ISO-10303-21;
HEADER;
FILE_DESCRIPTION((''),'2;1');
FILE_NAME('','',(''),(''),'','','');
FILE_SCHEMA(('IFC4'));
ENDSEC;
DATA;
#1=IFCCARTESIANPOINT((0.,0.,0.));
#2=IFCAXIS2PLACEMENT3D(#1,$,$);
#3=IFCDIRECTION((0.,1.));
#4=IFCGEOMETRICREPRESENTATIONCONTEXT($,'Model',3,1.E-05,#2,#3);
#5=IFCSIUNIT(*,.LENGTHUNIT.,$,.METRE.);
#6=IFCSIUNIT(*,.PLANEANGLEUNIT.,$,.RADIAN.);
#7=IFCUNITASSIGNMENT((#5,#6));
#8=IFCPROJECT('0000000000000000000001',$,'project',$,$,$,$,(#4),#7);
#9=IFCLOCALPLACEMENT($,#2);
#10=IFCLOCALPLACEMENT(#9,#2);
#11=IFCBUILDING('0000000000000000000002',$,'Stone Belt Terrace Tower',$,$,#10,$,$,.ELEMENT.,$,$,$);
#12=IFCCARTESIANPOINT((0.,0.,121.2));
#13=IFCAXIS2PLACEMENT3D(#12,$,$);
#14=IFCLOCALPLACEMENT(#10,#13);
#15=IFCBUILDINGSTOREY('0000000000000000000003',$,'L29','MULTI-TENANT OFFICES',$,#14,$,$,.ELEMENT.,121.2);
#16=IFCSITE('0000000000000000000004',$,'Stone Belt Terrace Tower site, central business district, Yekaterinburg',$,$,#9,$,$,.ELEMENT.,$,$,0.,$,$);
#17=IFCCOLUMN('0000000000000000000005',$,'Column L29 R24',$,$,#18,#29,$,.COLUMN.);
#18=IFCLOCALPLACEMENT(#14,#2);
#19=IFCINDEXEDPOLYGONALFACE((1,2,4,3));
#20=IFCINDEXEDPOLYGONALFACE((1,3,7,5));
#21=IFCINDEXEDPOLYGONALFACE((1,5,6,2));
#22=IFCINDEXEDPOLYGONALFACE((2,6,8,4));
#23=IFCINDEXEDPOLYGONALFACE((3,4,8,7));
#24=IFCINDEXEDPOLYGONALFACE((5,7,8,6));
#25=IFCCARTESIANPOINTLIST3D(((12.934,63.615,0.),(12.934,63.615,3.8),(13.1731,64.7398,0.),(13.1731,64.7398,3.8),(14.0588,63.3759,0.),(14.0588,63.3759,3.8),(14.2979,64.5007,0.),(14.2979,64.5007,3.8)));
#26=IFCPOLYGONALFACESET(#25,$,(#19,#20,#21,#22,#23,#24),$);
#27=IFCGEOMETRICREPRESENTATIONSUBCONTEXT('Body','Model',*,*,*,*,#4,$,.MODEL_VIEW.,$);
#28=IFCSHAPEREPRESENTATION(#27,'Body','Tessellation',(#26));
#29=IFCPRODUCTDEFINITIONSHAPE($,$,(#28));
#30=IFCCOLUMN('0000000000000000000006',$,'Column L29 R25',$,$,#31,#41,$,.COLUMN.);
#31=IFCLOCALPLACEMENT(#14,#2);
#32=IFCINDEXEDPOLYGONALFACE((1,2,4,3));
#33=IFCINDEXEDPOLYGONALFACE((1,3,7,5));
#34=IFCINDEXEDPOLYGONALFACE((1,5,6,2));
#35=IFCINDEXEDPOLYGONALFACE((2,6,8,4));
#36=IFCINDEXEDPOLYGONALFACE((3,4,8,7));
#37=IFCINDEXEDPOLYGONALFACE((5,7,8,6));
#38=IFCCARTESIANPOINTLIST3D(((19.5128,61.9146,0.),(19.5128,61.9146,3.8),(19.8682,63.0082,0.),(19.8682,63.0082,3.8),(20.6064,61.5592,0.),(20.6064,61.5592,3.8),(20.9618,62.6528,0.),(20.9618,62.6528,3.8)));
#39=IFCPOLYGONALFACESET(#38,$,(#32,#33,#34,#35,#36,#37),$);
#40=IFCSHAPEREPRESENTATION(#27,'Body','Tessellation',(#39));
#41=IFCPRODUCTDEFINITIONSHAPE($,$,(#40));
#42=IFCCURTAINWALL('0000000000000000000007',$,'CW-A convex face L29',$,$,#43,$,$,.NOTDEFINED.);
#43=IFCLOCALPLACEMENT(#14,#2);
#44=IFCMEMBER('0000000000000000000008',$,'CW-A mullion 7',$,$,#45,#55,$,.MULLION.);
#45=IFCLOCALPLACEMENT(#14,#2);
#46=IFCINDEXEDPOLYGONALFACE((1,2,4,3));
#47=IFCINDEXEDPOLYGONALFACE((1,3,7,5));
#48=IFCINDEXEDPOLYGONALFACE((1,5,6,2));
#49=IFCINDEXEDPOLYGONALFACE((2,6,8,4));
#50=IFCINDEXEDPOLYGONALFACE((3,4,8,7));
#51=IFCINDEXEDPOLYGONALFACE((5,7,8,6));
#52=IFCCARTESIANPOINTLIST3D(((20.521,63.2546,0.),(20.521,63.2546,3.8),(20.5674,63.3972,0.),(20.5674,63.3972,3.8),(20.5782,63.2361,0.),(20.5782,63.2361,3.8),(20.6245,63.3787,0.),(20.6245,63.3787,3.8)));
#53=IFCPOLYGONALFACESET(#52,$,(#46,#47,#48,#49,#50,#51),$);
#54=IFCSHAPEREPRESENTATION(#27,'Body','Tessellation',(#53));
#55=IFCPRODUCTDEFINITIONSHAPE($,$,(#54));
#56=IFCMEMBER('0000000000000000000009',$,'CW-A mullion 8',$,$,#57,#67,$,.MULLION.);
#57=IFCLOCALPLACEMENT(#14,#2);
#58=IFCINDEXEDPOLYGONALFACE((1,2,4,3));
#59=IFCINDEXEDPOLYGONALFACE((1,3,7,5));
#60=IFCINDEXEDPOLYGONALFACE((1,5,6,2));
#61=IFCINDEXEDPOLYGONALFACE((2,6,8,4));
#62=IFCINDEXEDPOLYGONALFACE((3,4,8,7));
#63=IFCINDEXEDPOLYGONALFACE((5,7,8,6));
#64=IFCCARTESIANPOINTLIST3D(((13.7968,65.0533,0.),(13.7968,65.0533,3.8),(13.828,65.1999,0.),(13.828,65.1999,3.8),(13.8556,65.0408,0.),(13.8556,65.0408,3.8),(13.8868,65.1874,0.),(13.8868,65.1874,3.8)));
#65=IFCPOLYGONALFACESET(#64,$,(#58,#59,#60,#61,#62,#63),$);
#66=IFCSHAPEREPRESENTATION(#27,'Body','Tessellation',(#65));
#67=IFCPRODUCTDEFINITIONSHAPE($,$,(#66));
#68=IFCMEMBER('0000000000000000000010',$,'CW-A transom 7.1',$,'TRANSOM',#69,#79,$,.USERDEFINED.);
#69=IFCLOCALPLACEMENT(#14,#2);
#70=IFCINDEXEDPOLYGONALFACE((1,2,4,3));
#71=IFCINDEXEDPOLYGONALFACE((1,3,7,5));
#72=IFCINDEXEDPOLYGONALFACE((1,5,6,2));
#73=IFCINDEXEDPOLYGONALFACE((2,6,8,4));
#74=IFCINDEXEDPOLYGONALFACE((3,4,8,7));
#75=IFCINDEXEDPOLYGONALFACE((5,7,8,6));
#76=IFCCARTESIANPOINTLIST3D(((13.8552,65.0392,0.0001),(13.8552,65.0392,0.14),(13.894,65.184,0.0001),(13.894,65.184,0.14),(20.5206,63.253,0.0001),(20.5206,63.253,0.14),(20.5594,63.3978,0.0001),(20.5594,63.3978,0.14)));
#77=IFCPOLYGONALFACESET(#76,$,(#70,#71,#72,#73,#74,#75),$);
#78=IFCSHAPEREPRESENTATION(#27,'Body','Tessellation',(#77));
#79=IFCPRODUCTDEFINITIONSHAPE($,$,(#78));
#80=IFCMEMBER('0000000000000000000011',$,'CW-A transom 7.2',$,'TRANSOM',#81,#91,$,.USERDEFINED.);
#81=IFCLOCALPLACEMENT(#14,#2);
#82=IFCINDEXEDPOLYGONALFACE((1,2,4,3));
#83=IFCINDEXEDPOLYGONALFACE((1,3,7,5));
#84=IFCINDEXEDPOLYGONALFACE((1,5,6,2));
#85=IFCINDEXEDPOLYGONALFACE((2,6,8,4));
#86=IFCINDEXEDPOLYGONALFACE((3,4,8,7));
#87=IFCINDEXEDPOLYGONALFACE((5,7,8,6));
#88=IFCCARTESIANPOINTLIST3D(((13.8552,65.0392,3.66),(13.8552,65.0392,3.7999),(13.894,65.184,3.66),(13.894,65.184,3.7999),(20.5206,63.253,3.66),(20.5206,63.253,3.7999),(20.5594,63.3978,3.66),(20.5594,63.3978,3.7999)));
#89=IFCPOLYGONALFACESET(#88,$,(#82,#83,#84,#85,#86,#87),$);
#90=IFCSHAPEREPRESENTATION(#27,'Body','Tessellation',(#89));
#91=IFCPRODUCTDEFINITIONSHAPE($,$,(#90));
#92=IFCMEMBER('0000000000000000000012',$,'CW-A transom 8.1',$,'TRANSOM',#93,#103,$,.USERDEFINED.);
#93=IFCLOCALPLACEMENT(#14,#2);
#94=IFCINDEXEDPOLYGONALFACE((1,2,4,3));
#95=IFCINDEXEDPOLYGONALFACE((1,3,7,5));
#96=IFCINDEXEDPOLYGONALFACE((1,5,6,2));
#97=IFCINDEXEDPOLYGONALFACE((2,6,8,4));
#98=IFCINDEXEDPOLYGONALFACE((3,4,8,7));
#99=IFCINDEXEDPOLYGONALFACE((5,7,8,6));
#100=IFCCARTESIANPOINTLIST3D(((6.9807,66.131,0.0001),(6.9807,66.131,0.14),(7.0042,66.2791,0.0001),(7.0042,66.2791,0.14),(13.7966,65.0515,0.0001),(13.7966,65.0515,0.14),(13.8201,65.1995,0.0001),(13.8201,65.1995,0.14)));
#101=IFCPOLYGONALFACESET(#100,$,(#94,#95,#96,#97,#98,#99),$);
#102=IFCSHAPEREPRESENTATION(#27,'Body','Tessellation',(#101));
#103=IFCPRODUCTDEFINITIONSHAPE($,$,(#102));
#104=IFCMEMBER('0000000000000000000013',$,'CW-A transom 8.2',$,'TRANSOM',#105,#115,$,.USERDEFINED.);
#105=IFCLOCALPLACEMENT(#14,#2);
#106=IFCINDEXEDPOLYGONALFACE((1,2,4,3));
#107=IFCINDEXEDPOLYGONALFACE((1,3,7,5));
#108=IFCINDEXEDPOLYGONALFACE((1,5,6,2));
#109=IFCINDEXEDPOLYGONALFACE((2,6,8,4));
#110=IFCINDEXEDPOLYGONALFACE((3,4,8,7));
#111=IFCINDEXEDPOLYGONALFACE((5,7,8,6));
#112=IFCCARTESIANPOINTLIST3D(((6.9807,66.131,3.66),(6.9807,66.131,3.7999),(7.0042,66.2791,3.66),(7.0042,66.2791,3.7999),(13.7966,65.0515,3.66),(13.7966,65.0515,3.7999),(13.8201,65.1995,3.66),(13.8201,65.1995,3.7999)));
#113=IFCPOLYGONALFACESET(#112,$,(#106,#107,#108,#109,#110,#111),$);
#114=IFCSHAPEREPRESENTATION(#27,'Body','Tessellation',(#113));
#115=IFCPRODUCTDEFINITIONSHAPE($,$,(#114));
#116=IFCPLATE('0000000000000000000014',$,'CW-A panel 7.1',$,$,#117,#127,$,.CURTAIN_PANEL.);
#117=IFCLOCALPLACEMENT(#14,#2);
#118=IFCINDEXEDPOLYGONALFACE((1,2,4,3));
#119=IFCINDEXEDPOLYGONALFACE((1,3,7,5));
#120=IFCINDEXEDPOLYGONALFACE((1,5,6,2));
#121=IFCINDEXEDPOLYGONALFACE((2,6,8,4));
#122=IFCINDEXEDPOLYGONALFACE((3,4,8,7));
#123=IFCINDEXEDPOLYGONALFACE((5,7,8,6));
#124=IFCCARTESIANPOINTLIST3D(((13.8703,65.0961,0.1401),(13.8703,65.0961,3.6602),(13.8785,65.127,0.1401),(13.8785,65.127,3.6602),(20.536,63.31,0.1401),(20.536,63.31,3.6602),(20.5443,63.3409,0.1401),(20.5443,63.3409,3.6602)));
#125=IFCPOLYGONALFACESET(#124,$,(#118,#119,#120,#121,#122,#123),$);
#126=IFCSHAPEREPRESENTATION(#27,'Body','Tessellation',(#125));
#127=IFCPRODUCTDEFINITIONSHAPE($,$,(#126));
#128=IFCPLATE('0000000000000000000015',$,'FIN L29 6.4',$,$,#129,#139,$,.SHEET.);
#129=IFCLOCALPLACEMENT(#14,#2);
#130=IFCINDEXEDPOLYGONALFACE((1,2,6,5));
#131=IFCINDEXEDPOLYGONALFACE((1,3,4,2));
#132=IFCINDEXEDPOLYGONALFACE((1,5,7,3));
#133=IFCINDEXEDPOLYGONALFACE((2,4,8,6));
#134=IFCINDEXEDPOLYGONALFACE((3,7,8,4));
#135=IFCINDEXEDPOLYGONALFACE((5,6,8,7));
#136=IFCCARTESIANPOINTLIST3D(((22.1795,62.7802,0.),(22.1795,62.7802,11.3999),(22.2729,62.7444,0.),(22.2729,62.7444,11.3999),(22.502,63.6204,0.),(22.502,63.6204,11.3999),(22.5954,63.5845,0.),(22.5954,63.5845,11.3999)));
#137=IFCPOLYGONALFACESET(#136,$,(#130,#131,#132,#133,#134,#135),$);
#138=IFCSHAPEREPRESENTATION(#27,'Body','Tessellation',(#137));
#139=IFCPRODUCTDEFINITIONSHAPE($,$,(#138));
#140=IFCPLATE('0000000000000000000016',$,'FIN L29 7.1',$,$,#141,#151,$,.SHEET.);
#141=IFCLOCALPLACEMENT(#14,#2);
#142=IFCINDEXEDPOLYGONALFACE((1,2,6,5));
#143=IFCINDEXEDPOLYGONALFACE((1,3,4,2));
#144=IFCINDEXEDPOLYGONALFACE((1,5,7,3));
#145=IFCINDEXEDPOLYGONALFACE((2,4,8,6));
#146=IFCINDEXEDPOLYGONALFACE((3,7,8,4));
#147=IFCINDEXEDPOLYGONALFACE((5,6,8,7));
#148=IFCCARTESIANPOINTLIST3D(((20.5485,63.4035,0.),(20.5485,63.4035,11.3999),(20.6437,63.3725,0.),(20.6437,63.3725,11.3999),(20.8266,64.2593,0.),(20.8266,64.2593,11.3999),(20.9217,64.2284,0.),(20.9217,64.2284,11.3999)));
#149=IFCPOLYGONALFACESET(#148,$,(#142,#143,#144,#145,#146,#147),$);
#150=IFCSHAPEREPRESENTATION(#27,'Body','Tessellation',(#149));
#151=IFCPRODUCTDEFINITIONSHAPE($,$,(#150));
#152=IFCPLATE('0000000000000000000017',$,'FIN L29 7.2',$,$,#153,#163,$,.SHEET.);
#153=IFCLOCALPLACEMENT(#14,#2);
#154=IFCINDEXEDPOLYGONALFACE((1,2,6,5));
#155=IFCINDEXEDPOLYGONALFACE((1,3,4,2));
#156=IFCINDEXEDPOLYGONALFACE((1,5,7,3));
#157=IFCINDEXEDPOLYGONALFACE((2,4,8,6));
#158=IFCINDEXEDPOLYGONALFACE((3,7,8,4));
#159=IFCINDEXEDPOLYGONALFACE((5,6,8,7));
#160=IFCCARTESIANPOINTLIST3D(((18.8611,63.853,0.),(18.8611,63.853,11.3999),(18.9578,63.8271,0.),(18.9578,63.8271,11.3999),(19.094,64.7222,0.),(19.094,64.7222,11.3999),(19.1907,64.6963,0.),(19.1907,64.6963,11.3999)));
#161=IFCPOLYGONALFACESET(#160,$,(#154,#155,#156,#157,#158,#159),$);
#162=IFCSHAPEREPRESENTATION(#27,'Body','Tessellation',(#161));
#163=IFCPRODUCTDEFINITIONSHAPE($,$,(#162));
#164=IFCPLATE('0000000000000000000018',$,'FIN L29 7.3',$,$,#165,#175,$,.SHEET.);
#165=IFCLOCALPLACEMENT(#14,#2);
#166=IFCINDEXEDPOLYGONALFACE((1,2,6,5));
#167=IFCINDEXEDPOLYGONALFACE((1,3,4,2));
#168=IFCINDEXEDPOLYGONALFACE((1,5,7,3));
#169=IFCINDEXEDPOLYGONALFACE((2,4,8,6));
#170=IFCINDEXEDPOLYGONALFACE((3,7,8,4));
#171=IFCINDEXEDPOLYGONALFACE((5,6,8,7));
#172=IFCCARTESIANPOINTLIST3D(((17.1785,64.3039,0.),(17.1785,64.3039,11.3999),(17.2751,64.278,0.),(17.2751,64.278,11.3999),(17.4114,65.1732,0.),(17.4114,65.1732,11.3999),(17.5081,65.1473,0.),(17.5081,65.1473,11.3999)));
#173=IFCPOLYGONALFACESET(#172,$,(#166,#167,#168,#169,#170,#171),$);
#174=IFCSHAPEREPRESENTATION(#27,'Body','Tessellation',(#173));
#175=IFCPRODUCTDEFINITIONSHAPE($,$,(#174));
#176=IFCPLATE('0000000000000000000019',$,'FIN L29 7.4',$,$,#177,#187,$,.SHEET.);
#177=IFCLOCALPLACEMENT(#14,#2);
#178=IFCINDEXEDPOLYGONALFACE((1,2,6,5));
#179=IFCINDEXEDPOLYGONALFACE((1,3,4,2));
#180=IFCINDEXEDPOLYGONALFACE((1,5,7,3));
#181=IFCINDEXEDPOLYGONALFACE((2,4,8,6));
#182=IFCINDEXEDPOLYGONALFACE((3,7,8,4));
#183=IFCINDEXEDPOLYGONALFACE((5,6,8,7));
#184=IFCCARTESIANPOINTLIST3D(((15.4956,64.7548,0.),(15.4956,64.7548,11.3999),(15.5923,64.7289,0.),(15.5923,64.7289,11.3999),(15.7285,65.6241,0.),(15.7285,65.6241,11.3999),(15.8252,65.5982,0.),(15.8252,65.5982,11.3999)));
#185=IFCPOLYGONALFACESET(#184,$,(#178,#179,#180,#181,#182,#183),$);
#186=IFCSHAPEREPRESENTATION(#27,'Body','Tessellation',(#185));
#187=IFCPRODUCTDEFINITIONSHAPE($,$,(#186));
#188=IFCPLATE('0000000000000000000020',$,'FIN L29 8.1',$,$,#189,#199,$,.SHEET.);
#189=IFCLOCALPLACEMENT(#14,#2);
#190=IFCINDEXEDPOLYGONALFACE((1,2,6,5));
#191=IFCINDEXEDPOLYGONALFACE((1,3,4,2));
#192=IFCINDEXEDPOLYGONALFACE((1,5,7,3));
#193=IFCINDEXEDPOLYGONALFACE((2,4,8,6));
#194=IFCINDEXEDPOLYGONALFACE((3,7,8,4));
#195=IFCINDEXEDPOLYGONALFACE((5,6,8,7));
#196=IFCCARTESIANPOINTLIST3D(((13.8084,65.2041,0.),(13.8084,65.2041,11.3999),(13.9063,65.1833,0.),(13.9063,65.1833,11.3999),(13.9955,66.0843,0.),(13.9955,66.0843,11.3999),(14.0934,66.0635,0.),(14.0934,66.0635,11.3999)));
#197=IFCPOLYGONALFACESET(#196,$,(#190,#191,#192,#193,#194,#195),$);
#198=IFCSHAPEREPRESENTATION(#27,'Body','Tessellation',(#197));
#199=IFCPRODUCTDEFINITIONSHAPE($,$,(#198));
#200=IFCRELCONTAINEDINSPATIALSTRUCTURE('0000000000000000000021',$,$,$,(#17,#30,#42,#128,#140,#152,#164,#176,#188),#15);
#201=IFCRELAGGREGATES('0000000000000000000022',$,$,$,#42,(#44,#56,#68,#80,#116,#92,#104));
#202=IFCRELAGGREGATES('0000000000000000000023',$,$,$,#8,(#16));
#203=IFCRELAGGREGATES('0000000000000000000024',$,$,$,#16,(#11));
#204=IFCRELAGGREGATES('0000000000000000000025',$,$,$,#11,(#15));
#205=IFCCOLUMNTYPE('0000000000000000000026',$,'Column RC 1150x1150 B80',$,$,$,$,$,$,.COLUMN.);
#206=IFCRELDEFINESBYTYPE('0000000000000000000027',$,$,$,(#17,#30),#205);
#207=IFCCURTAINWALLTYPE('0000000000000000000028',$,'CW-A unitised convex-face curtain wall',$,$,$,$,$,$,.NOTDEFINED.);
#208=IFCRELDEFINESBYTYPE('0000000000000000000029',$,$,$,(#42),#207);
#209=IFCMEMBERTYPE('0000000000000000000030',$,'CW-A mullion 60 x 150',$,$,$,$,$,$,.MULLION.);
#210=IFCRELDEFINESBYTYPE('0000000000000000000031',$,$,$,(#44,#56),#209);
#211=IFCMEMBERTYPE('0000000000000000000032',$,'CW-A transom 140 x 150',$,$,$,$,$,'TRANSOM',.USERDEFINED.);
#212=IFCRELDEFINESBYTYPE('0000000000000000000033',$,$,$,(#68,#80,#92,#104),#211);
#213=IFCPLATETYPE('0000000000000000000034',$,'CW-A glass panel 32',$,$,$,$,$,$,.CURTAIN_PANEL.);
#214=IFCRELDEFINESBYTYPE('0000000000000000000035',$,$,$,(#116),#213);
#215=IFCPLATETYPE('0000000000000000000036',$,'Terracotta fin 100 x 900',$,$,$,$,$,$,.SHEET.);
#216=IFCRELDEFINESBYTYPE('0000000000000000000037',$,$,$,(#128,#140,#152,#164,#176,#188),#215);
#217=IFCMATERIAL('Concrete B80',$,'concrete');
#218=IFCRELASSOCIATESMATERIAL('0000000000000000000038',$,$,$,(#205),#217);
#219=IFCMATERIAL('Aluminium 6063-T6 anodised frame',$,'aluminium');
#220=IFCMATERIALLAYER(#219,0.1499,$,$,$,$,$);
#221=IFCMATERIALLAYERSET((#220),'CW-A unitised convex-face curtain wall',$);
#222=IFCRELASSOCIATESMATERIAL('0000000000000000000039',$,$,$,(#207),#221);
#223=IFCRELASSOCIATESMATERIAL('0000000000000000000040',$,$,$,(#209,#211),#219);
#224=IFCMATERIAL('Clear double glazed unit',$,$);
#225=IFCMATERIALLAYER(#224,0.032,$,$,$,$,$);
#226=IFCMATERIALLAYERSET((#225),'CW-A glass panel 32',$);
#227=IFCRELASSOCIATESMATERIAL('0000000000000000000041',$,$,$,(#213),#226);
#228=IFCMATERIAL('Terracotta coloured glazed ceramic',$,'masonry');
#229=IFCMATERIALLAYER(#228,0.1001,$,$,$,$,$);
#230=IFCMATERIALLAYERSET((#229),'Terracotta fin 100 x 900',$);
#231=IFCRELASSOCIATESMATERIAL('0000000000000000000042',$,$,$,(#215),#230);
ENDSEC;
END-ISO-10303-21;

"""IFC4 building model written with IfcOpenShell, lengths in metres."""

from ifc_helpers import new_model, si_unit, direction, frame, origin, origin_2d, place, context, subcontext, project, spatial, rectangle, extrude, material, layer, layer_set, material_profile, profile_set, type_object, element, aggregate, save


model = new_model("IFC4")

# Units and contexts
model_context = context("Model", 3, precision=1e-05, world=origin(), true_north=direction((0.0, 1.0)))
body_context = subcontext(model_context, "Body", "Model", "MODEL_VIEW")
ifc_project = project(units=[si_unit("LENGTHUNIT", "METRE"), si_unit("PLANEANGLEUNIT", "RADIAN")], contexts=[model_context])

# Site, building, storey
site_placement = place(None, origin())
site = spatial("IfcSite", under=ifc_project, at=site_placement, Name="Stone Belt Terrace Tower site, central business district, Yekaterinburg", CompositionType="ELEMENT", RefElevation=0.0)
building_placement = place(site_placement, origin())
building = spatial("IfcBuilding", under=site, at=building_placement, Name="Stone Belt Terrace Tower", CompositionType="ELEMENT")
storey_placement = place(building_placement, frame((0.0, 0.0, 121.2)))
storey = spatial("IfcBuildingStorey", under=building, at=storey_placement, Name="L29", Description="MULTI-TENANT OFFICES", CompositionType="ELEMENT", Elevation=121.2)

# Columns
ifc_material_1 = material(Name="Concrete B80", Category="concrete")
ifc_material_profile_1 = material_profile(ifc_material_1, rectangle(XDim=1.1499, YDim=1.1499, at=origin_2d()), Name="RC 1150x1150")
ifc_profile_set_1 = profile_set([ifc_material_profile_1], Name="Concrete B80")
column_type = type_object("IfcColumnType", Name="Column RC 1150x1150 B80", PredefinedType="COLUMN", material=ifc_profile_set_1)
for number, where, z_axis, x_axis, name in (
    (1, (13.616, 64.0579, 0.0), (0.0, 0.0, 1.0), (0.978148, -0.207912, 0.0), "Column L29 R24"),
    (2, (20.2373, 62.2837, 0.0), (0.0, 0.0, 1.0), (0.951057, -0.309017, 0.0), "Column L29 R25"),
):
    element("IfcColumn", number, at=place(storey_placement, frame(where, z_axis=z_axis, x_axis=x_axis)), inside=storey, type_object=column_type, Name=name, PredefinedType="COLUMN", context=body_context, shape_type="SweptSolid", body=[
        extrude(rectangle(XDim=1.1499, YDim=1.1499, at=origin_2d()), origin(), (0.0, 0.0, 1.0), 3.8),
    ])

# Curtain wall, members, plate
ifc_material_2 = material(Name="Aluminium 6063-T6 anodised frame", Category="aluminium")
ifc_layer_1 = layer(ifc_material_2, 0.1499)
ifc_layer_set_1 = layer_set([ifc_layer_1], Name="CW-A unitised convex-face curtain wall")
curtain_wall_type = type_object("IfcCurtainWallType", Name="CW-A unitised convex-face curtain wall", PredefinedType="NOTDEFINED", material=ifc_layer_set_1)
curtain_wall_placement = place(storey_placement, origin())
curtain_wall = element("IfcCurtainWall", 3, at=curtain_wall_placement, inside=storey, type_object=curtain_wall_type, Name="CW-A convex face L29", PredefinedType="NOTDEFINED")
ifc_material_profile_2 = material_profile(ifc_material_2, rectangle(XDim=0.1499, YDim=0.0601, at=origin_2d()), Name="Aluminium 6063-T6 60x150")
ifc_profile_set_2 = profile_set([ifc_material_profile_2], Name="Aluminium 6063-T6 anodised frame")
member_type_1 = type_object("IfcMemberType", Name="CW-A mullion 60 x 150", PredefinedType="MULLION", material=ifc_profile_set_2)
member_1_placement = place(storey_placement, frame((20.5728, 63.3167, 0.0), z_axis=(0.0, 0.0, 1.0), x_axis=(-0.309017, -0.951057, 0.0)))
member_1 = element("IfcMember", 4, at=member_1_placement, type_object=member_type_1, Name="CW-A mullion 7", PredefinedType="MULLION", context=body_context, shape_type="SweptSolid", body=[
    extrude(rectangle(XDim=0.1499, YDim=0.0601, at=origin_2d()), origin(), (0.0, 0.0, 1.0), 3.8),
])
member_2_placement = place(storey_placement, frame((13.8418, 65.1204, 0.0), z_axis=(0.0, 0.0, 1.0), x_axis=(-0.207912, -0.978148, 0.0)))
member_2 = element("IfcMember", 5, at=member_2_placement, type_object=member_type_1, Name="CW-A mullion 8", PredefinedType="MULLION", context=body_context, shape_type="SweptSolid", body=[
    extrude(rectangle(XDim=0.1499, YDim=0.0601, at=origin_2d()), origin(), (0.0, 0.0, 1.0), 3.8),
])
ifc_material_profile_3 = material_profile(ifc_material_2, rectangle(XDim=0.1499, YDim=0.1399, at=origin_2d()), Name="Aluminium 6063-T6 150x140")
ifc_profile_set_3 = profile_set([ifc_material_profile_3], Name="Aluminium 6063-T6 anodised frame")
member_type_2 = type_object("IfcMemberType", Name="CW-A transom 140 x 150", ElementType="TRANSOM", PredefinedType="USERDEFINED", material=ifc_profile_set_3)
member_3_placement = place(storey_placement, frame((20.54, 63.3254, 0.0701), z_axis=(-0.965922, 0.258834, 0.0), x_axis=(-0.258834, -0.965922, 0.0)))
member_3 = element("IfcMember", 6, at=member_3_placement, type_object=member_type_2, Name="CW-A transom 7.1", ObjectType="TRANSOM", PredefinedType="USERDEFINED", context=body_context, shape_type="SweptSolid", body=[
    extrude(rectangle(XDim=0.1499, YDim=0.1399, at=origin_2d()), origin(), (0.0, 0.0, 1.0), 6.9006),
])
member_4_placement = place(storey_placement, frame((20.54, 63.3254, 3.73), z_axis=(-0.965922, 0.258834, 0.0), x_axis=(-0.258834, -0.965922, 0.0)))
member_4 = element("IfcMember", 7, at=member_4_placement, type_object=member_type_2, Name="CW-A transom 7.2", ObjectType="TRANSOM", PredefinedType="USERDEFINED", context=body_context, shape_type="SweptSolid", body=[
    extrude(rectangle(XDim=0.1499, YDim=0.1399, at=origin_2d()), origin(), (0.0, 0.0, 1.0), 6.9006),
])
member_5_placement = place(storey_placement, frame((13.8083, 65.1255, 0.0701), z_axis=(-0.987687, 0.156442, 0.0), x_axis=(-0.156442, -0.987687, 0.0)))
member_5 = element("IfcMember", 8, at=member_5_placement, type_object=member_type_2, Name="CW-A transom 8.1", ObjectType="TRANSOM", PredefinedType="USERDEFINED", context=body_context, shape_type="SweptSolid", body=[
    extrude(rectangle(XDim=0.1499, YDim=0.1399, at=origin_2d()), origin(), (0.0, 0.0, 1.0), 6.9009),
])
member_6_placement = place(storey_placement, frame((13.8083, 65.1255, 3.73), z_axis=(-0.987687, 0.156442, 0.0), x_axis=(-0.156442, -0.987687, 0.0)))
member_6 = element("IfcMember", 9, at=member_6_placement, type_object=member_type_2, Name="CW-A transom 8.2", ObjectType="TRANSOM", PredefinedType="USERDEFINED", context=body_context, shape_type="SweptSolid", body=[
    extrude(rectangle(XDim=0.1499, YDim=0.1399, at=origin_2d()), origin(), (0.0, 0.0, 1.0), 6.9009),
])
ifc_material_3 = material(Name="Clear double glazed unit")
ifc_layer_2 = layer(ifc_material_3, 0.032)
ifc_layer_set_2 = layer_set([ifc_layer_2], Name="CW-A glass panel 32")
plate_type_1 = type_object("IfcPlateType", Name="CW-A glass panel 32", PredefinedType="CURTAIN_PANEL", material=ifc_layer_set_2)
plate_placement = place(storey_placement, frame((17.2073, 64.2185, 0.1401), z_axis=(0.0, 0.0, 1.0), x_axis=(-0.965926, 0.258819, 0.0)))
plate = element("IfcPlate", 10, at=plate_placement, type_object=plate_type_1, Name="CW-A panel 7.1", PredefinedType="CURTAIN_PANEL", context=body_context, shape_type="SweptSolid", body=[
    extrude(rectangle(XDim=6.9009, YDim=0.032, at=origin_2d()), origin(), (0.0, 0.0, 1.0), 3.52),
])
aggregate(curtain_wall, [member_1, member_2, member_3, member_4, plate, member_5, member_6])

# Plates
ifc_material_4 = material(Name="Terracotta coloured glazed ceramic", Category="masonry")
ifc_layer_3 = layer(ifc_material_4, 0.1001)
ifc_layer_set_3 = layer_set([ifc_layer_3], Name="Terracotta fin 100 x 900")
plate_type_2 = type_object("IfcPlateType", Name="Terracotta fin 100 x 900", PredefinedType="SHEET", material=ifc_layer_set_3)
for number, where, z_axis, x_axis, name in (
    (11, (22.3875, 63.1824, 0.0), (0.0, 0.0, 1.0), (0.358368, 0.93358, 0.0), "FIN L29 6.4"),
    (12, (20.7351, 63.8159, 0.0), (0.0, 0.0, 1.0), (0.309017, 0.951057, 0.0), "FIN L29 7.1"),
    (13, (19.0259, 64.2747, 0.0), (0.0, 0.0, 1.0), (0.258819, 0.965926, 0.0), "FIN L29 7.2"),
    (14, (17.3433, 64.7256, 0.0), (0.0, 0.0, 1.0), (0.258819, 0.965926, 0.0), "FIN L29 7.3"),
    (15, (15.6604, 65.1765, 0.0), (0.0, 0.0, 1.0), (0.258819, 0.965926, 0.0), "FIN L29 7.4"),
    (16, (13.9509, 65.6338, 0.0), (0.0, 0.0, 1.0), (0.207912, 0.978148, 0.0), "FIN L29 8.1"),
):
    element("IfcPlate", number, at=place(storey_placement, frame(where, z_axis=z_axis, x_axis=x_axis)), inside=storey, type_object=plate_type_2, Name=name, PredefinedType="SHEET", context=body_context, shape_type="SweptSolid", body=[
        extrude(rectangle(XDim=0.8999, YDim=0.1001, at=origin_2d()), origin(), (0.0, 0.0, 1.0), 11.3999),
    ])

save(model, "model.ifc")
